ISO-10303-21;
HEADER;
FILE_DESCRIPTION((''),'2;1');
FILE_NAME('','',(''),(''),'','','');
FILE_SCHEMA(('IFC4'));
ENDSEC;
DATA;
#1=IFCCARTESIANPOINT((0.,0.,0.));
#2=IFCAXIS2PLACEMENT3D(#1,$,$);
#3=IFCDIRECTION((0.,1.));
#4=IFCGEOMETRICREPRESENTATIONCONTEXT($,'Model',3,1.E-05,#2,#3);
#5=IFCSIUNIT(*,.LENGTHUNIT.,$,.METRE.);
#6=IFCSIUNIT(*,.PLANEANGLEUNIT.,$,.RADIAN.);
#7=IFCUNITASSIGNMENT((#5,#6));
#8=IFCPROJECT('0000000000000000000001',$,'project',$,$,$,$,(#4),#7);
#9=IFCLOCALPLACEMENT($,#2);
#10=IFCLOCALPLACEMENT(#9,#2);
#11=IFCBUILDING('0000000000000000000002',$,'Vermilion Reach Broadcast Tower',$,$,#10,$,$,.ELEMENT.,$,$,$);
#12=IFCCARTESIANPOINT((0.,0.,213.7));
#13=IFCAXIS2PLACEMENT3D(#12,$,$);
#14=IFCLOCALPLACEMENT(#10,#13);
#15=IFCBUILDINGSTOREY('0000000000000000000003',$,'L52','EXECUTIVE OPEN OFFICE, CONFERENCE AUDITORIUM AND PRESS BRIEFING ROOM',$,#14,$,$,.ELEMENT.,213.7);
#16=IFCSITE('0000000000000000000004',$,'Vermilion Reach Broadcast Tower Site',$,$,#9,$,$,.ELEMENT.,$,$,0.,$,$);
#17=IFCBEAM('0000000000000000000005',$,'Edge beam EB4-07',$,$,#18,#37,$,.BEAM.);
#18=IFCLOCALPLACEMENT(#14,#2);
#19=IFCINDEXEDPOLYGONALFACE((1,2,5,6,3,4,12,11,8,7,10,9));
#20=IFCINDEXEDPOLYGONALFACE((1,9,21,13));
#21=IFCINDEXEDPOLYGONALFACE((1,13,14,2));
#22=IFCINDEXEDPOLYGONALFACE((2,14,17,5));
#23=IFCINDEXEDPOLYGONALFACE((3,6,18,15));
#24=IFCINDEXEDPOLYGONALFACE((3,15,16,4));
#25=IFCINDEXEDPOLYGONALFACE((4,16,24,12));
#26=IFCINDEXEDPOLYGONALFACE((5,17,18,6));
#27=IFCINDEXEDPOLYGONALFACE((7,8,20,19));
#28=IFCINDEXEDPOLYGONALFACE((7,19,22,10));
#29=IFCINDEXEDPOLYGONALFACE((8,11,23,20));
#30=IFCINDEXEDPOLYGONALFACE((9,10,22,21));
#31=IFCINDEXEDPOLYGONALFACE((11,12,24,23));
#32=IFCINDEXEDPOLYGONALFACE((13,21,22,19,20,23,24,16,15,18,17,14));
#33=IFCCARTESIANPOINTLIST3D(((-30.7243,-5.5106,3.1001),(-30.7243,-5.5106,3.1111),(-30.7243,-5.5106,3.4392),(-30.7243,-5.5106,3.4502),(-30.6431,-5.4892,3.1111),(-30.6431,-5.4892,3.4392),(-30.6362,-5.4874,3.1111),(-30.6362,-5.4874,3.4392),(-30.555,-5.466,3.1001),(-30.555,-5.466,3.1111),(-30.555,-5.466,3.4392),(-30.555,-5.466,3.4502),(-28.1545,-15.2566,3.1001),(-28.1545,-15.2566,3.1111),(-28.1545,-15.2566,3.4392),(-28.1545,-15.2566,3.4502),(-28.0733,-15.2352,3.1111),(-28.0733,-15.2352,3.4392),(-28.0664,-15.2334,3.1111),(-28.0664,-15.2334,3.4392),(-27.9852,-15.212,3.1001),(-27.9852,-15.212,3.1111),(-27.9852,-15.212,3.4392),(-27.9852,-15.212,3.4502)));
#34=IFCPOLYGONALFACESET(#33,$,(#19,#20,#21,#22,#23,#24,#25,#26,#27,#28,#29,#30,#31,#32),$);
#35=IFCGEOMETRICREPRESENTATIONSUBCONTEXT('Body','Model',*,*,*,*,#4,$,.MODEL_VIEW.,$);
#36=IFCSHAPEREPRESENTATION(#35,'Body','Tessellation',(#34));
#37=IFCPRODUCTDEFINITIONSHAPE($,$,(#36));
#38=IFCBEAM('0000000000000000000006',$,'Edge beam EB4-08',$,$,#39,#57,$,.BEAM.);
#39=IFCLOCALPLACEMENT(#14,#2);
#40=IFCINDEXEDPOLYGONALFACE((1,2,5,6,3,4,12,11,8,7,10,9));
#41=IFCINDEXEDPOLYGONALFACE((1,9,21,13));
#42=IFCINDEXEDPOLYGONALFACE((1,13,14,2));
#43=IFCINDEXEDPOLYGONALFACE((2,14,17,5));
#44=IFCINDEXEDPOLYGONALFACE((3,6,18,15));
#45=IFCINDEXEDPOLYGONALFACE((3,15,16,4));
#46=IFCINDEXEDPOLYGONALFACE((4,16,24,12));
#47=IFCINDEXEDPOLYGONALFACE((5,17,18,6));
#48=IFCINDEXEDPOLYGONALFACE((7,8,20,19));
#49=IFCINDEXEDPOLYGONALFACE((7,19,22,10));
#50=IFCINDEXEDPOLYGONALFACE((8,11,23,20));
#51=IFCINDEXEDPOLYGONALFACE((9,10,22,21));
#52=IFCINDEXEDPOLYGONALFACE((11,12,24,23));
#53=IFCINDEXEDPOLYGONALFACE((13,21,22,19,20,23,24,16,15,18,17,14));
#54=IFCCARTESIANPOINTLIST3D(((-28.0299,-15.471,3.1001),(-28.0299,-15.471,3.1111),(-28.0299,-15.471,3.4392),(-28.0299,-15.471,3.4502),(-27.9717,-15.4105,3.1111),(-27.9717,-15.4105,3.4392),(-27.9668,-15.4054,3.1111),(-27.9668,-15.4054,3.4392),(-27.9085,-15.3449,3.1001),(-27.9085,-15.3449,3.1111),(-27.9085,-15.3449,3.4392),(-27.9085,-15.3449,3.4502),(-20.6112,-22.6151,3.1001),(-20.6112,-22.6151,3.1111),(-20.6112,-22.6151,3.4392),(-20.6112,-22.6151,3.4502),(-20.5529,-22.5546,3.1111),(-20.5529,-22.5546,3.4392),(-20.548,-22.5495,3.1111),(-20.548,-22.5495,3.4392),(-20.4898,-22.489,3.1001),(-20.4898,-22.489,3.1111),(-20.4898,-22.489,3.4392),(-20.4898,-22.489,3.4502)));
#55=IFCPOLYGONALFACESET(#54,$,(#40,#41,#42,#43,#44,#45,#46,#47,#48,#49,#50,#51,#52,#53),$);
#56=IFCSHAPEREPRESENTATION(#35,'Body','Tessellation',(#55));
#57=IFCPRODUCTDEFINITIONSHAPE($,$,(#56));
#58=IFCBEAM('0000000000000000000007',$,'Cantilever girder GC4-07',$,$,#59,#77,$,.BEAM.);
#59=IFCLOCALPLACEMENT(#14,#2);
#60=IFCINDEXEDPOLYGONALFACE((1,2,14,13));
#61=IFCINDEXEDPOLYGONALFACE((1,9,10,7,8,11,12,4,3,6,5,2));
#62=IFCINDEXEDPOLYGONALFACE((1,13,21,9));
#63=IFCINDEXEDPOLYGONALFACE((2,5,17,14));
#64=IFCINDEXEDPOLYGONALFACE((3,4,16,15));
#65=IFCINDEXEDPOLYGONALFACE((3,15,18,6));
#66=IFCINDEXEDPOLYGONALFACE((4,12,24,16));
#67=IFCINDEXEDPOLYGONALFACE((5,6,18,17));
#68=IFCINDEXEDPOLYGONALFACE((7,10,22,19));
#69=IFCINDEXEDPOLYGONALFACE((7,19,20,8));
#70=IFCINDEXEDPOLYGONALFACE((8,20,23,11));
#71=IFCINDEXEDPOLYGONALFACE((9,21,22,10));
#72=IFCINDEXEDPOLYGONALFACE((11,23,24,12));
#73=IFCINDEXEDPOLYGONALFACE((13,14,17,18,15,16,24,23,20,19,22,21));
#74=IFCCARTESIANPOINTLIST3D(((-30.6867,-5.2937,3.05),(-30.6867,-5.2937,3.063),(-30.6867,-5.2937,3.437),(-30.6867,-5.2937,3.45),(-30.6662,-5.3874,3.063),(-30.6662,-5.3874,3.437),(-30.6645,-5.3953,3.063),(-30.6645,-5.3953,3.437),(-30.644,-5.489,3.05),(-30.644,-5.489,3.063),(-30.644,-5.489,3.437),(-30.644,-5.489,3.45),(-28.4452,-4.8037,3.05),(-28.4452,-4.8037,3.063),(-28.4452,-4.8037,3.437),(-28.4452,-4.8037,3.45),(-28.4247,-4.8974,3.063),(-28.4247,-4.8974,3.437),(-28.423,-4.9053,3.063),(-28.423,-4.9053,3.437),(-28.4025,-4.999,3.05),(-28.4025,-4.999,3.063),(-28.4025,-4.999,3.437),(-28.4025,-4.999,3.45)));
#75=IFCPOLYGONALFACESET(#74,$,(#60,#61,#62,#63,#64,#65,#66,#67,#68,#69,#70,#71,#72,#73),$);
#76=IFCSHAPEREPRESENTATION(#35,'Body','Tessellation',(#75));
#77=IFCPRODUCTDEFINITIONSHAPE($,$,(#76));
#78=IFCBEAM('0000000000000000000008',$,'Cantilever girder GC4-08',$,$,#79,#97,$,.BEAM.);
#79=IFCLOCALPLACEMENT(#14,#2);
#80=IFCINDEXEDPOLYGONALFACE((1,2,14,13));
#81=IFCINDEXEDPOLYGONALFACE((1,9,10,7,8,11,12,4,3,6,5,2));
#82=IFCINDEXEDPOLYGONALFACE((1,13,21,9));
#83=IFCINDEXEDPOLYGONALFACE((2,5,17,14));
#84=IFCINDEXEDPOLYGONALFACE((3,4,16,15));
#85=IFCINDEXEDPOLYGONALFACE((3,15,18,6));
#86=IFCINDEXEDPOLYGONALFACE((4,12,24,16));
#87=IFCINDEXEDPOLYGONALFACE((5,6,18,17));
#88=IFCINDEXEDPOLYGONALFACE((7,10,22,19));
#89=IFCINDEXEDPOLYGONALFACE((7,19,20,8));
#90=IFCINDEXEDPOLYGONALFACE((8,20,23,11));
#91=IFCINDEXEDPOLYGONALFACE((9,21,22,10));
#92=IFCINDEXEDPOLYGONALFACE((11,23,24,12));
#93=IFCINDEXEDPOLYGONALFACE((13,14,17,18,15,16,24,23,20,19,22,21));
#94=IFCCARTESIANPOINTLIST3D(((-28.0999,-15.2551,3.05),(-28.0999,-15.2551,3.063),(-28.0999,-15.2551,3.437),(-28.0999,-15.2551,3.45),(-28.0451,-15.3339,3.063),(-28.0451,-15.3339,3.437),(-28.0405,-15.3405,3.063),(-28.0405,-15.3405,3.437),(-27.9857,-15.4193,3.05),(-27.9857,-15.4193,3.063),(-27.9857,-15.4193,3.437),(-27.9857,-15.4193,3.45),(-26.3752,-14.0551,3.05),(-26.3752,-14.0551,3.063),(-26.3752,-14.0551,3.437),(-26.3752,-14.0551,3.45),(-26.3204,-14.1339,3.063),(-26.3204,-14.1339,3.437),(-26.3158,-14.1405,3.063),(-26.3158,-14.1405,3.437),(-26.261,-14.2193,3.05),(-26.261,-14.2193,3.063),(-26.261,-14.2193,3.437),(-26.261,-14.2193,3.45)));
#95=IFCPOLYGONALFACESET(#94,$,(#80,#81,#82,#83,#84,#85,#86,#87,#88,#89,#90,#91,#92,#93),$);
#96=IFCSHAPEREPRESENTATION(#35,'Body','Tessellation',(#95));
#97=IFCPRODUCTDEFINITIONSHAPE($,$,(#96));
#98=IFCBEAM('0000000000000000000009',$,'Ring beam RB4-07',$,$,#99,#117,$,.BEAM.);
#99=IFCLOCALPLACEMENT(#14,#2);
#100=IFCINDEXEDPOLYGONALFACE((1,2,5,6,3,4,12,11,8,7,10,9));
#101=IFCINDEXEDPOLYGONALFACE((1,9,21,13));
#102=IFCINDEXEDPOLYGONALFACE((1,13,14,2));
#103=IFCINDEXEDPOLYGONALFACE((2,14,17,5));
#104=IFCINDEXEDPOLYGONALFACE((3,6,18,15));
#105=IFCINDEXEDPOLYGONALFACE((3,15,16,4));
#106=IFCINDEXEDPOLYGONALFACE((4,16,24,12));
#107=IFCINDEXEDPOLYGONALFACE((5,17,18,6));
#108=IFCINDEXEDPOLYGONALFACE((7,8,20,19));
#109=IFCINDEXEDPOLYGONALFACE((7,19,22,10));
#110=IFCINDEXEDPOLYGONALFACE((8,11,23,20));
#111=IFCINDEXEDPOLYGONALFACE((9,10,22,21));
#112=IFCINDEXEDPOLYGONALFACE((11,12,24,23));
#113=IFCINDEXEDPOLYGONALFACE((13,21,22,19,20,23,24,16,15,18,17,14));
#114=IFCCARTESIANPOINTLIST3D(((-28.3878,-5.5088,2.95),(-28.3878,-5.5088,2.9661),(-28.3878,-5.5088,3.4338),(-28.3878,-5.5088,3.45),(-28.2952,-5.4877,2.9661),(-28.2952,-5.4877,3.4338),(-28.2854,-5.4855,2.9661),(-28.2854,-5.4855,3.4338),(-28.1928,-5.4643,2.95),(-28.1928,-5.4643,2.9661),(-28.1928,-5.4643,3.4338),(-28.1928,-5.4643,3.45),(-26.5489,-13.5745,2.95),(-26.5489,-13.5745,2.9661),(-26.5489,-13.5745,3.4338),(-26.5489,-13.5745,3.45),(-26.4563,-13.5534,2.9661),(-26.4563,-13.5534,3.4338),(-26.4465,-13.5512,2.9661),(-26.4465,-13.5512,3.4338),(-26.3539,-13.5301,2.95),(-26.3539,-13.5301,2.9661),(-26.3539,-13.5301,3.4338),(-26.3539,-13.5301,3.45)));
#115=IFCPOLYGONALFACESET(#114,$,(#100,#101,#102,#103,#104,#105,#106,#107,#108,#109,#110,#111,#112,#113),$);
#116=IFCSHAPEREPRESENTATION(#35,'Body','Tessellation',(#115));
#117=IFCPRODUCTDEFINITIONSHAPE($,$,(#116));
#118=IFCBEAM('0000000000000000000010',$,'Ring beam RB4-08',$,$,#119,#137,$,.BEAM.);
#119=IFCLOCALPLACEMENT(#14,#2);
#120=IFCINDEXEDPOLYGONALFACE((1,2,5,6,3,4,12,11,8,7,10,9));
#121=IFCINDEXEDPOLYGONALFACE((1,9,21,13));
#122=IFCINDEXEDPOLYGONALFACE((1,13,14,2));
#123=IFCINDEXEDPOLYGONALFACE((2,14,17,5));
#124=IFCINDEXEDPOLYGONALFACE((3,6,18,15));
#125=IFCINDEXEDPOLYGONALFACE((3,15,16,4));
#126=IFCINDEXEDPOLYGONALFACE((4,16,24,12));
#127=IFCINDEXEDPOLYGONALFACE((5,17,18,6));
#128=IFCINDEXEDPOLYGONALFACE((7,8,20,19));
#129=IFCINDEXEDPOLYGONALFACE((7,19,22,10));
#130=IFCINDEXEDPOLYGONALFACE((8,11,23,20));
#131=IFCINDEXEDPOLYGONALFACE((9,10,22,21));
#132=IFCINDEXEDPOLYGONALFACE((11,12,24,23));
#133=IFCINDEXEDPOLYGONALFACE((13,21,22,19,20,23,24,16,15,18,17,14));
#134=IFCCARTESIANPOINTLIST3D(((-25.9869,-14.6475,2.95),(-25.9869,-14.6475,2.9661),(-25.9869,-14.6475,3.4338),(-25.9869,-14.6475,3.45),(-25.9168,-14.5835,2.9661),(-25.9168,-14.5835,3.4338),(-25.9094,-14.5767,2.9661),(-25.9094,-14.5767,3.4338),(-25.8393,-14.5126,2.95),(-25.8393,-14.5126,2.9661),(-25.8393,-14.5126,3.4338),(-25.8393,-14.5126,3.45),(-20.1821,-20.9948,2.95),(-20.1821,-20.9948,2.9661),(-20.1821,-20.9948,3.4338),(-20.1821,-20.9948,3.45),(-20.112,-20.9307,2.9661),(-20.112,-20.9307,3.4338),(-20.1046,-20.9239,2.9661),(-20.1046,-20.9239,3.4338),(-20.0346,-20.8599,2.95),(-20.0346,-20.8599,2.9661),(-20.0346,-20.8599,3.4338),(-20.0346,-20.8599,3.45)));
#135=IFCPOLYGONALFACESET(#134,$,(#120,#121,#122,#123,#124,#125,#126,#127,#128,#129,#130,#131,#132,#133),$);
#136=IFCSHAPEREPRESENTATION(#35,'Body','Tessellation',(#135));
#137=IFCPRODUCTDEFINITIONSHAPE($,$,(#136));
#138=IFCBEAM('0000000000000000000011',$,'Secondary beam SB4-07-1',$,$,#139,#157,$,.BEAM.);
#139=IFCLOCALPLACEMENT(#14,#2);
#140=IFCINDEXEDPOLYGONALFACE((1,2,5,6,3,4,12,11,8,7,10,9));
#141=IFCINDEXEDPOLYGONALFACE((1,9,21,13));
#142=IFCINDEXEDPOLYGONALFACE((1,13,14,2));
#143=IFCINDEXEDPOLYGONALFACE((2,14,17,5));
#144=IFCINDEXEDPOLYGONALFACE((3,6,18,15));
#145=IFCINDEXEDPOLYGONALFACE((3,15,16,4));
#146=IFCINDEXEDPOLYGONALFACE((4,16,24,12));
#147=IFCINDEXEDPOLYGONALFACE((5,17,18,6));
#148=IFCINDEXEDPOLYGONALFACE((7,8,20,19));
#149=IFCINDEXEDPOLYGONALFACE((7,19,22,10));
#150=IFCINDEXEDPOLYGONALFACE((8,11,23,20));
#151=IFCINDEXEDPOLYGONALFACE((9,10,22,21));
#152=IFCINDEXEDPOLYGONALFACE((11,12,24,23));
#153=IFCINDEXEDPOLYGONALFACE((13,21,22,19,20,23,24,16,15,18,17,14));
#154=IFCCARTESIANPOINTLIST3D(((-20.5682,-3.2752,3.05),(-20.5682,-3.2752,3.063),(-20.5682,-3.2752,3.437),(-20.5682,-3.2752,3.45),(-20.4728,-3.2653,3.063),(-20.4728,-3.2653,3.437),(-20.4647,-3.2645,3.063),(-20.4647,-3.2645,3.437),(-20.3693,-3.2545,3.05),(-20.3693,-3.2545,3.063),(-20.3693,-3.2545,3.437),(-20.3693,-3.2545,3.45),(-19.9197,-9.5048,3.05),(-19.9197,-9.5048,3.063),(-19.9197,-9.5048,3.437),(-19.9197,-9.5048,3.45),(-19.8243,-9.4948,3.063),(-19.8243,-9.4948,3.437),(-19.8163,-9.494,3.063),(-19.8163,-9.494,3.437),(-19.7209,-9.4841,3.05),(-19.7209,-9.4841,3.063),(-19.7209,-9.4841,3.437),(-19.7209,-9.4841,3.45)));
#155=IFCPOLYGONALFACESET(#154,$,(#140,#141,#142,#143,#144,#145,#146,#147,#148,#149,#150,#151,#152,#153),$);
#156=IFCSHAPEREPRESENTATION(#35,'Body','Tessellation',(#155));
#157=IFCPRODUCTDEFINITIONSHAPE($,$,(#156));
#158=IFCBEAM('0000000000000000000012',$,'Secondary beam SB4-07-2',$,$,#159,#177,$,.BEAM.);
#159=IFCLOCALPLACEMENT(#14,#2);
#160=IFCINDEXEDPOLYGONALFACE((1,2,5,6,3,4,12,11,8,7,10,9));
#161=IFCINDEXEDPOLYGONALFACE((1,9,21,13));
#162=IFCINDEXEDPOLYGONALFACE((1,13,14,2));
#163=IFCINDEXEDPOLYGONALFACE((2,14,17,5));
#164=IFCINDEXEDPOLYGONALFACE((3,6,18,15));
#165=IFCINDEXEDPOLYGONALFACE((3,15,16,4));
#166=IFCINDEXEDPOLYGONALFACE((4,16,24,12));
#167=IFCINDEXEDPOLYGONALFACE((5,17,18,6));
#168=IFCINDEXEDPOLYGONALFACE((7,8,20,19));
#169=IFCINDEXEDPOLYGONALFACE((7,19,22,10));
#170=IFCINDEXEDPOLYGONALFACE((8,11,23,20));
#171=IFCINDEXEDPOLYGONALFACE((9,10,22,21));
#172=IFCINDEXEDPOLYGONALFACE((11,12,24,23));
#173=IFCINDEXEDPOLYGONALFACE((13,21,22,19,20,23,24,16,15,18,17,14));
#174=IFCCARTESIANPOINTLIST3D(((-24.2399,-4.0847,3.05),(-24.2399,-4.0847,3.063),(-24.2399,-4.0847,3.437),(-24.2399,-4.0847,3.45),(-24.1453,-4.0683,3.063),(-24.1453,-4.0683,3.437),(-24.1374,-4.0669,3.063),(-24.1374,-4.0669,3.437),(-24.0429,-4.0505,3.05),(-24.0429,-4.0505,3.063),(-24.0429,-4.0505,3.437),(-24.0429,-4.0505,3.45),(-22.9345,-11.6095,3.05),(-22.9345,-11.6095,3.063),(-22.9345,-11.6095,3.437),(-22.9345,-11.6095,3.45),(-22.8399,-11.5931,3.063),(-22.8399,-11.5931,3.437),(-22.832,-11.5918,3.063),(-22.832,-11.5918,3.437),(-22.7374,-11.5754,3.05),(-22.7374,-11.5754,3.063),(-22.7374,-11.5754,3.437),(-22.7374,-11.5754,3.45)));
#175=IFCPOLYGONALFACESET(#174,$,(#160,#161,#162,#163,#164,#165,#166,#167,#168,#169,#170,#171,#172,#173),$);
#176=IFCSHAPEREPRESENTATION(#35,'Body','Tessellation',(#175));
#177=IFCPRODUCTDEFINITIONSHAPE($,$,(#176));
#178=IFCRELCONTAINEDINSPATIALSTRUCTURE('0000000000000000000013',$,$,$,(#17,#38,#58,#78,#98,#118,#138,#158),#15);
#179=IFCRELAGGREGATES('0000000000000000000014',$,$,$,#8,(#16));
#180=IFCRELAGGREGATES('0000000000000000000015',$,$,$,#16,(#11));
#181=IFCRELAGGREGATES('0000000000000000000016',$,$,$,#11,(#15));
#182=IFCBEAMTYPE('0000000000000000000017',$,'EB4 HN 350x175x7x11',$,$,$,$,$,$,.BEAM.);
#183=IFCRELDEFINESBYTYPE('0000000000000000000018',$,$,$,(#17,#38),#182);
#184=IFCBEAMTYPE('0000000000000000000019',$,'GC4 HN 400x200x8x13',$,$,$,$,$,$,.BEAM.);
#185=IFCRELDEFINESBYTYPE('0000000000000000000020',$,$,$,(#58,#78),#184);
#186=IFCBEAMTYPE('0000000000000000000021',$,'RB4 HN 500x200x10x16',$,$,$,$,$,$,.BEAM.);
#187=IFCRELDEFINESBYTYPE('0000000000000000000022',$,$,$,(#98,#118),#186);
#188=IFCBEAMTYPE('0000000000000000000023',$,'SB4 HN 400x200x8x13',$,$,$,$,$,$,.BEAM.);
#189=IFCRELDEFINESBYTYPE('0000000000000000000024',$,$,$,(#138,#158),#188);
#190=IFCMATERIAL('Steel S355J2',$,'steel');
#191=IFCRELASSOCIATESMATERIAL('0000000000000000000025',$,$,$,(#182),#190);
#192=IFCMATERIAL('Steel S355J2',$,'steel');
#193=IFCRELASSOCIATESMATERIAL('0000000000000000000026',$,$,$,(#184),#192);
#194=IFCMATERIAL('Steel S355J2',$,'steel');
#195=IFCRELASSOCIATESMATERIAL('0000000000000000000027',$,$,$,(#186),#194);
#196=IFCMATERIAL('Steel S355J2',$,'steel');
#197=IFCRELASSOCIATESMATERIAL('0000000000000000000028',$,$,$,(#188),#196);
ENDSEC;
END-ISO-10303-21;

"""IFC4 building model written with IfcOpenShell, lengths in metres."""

from ifc_helpers import new_model, si_unit, direction, frame, origin, origin_2d, place, context, subcontext, project, spatial, i_section, extrude, material, material_profile, profile_set, type_object, element, save


model = new_model("IFC4")

# Units and contexts
model_context = context("Model", 3, precision=1e-05, world=origin(), true_north=direction((0.0, 1.0)))
body_context = subcontext(model_context, "Body", "Model", "MODEL_VIEW")
ifc_project = project(units=[si_unit("LENGTHUNIT", "METRE"), si_unit("PLANEANGLEUNIT", "RADIAN")], contexts=[model_context])

# Site, building, storey
site_placement = place(None, origin())
site = spatial("IfcSite", under=ifc_project, at=site_placement, Name="Vermilion Reach Broadcast Tower Site", CompositionType="ELEMENT", RefElevation=0.0)
building_placement = place(site_placement, origin())
building = spatial("IfcBuilding", under=site, at=building_placement, Name="Vermilion Reach Broadcast Tower", CompositionType="ELEMENT")
storey_placement = place(building_placement, frame((0.0, 0.0, 213.7)))
storey = spatial("IfcBuildingStorey", under=building, at=storey_placement, Name="L52", Description="EXECUTIVE OPEN OFFICE, CONFERENCE AUDITORIUM AND PRESS BRIEFING ROOM", CompositionType="ELEMENT", Elevation=213.7)

# Beams
ifc_material_1 = material(Name="Steel S355J2", Category="steel")
ifc_material_profile_1 = material_profile(ifc_material_1, i_section(OverallWidth=0.175, OverallDepth=0.3501, WebThickness=0.0071, FlangeThickness=0.011, at=origin_2d()), Name="S355J2 HN 350x175x7x11")
ifc_profile_set_1 = profile_set([ifc_material_profile_1], Name="Steel S355J2")
beam_type_1 = type_object("IfcBeamType", Name="EB4 HN 350x175x7x11", PredefinedType="BEAM", material=ifc_profile_set_1)
beam_1_placement = place(storey_placement, frame((-30.6396, -5.4883, 3.2751), z_axis=(0.254963, -0.966951, 0.0), x_axis=(0.966951, 0.254963, 0.0)))
element("IfcBeam", 1, at=beam_1_placement, inside=storey, type_object=beam_type_1, Name="Edge beam EB4-07", PredefinedType="BEAM", context=body_context, shape_type="SweptSolid", body=[
    extrude(i_section(OverallWidth=0.175, OverallDepth=0.3501, WebThickness=0.0071, FlangeThickness=0.011, at=origin_2d()), origin(), (0.0, 0.0, 1.0), 10.0791),
])
beam_2_placement = place(storey_placement, frame((-27.9692, -15.408, 3.2751), z_axis=(0.720315, -0.693647, 0.0), x_axis=(0.693647, 0.720315, 0.0)))
element("IfcBeam", 2, at=beam_2_placement, inside=storey, type_object=beam_type_1, Name="Edge beam EB4-08", PredefinedType="BEAM", context=body_context, shape_type="SweptSolid", body=[
    extrude(i_section(OverallWidth=0.175, OverallDepth=0.3501, WebThickness=0.0071, FlangeThickness=0.011, at=origin_2d()), origin(), (0.0, 0.0, 1.0), 10.2993),
])
ifc_material_2 = material(Name="Steel S355J2", Category="steel")
ifc_material_profile_2 = material_profile(ifc_material_2, i_section(OverallWidth=0.2, OverallDepth=0.3999, WebThickness=0.0081, FlangeThickness=0.0129, at=origin_2d()), Name="S355J2 HN 400x200x8x13")
ifc_profile_set_2 = profile_set([ifc_material_profile_2], Name="Steel S355J2")
beam_type_2 = type_object("IfcBeamType", Name="GC4 HN 400x200x8x13", PredefinedType="BEAM", material=ifc_profile_set_2)
beam_3_placement = place(storey_placement, frame((-28.4238, -4.9014, 3.25), z_axis=(-0.97693, -0.21356, 0.0), x_axis=(0.21356, -0.97693, 0.0)))
element("IfcBeam", 3, at=beam_3_placement, inside=storey, type_object=beam_type_2, Name="Cantilever girder GC4-07", PredefinedType="BEAM", context=body_context, shape_type="SweptSolid", body=[
    extrude(i_section(OverallWidth=0.2, OverallDepth=0.3999, WebThickness=0.0081, FlangeThickness=0.0129, at=origin_2d()), origin(), (0.0, 0.0, 1.0), 2.2944),
])
beam_4_placement = place(storey_placement, frame((-26.3181, -14.1372, 3.25), z_axis=(-0.820855, -0.571136, 0.0), x_axis=(0.571136, -0.820855, 0.0)))
element("IfcBeam", 4, at=beam_4_placement, inside=storey, type_object=beam_type_2, Name="Cantilever girder GC4-08", PredefinedType="BEAM", context=body_context, shape_type="SweptSolid", body=[
    extrude(i_section(OverallWidth=0.2, OverallDepth=0.3999, WebThickness=0.0081, FlangeThickness=0.0129, at=origin_2d()), origin(), (0.0, 0.0, 1.0), 2.1011),
])
ifc_material_3 = material(Name="Steel S355J2", Category="steel")
ifc_material_profile_3 = material_profile(ifc_material_3, i_section(OverallWidth=0.2, OverallDepth=0.5, WebThickness=0.01, FlangeThickness=0.0161, at=origin_2d()), Name="S355J2 HN 500x200x10x16")
ifc_profile_set_3 = profile_set([ifc_material_profile_3], Name="Steel S355J2")
beam_type_3 = type_object("IfcBeamType", Name="RB4 HN 500x200x10x16", PredefinedType="BEAM", material=ifc_profile_set_3)
beam_5_placement = place(storey_placement, frame((-28.2903, -5.4866, 3.2), z_axis=(0.222283, -0.974982, 0.0), x_axis=(0.974982, 0.222283, 0.0)))
element("IfcBeam", 5, at=beam_5_placement, inside=storey, type_object=beam_type_3, Name="Ring beam RB4-07", PredefinedType="BEAM", context=body_context, shape_type="SweptSolid", body=[
    extrude(i_section(OverallWidth=0.2, OverallDepth=0.5, WebThickness=0.01, FlangeThickness=0.0161, at=origin_2d()), origin(), (0.0, 0.0, 1.0), 8.2727),
])
beam_6_placement = place(storey_placement, frame((-25.9131, -14.5801, 3.2), z_axis=(0.674868, -0.737938, 0.0), x_axis=(0.737938, 0.674868, 0.0)))
element("IfcBeam", 6, at=beam_6_placement, inside=storey, type_object=beam_type_3, Name="Ring beam RB4-08", PredefinedType="BEAM", context=body_context, shape_type="SweptSolid", body=[
    extrude(i_section(OverallWidth=0.2, OverallDepth=0.5, WebThickness=0.01, FlangeThickness=0.0161, at=origin_2d()), origin(), (0.0, 0.0, 1.0), 8.6013),
])
ifc_material_4 = material(Name="Steel S355J2", Category="steel")
ifc_material_profile_4 = material_profile(ifc_material_4, i_section(OverallWidth=0.2, OverallDepth=0.3999, WebThickness=0.0081, FlangeThickness=0.0129, at=origin_2d()), Name="S355J2 HN 400x200x8x13")
ifc_profile_set_4 = profile_set([ifc_material_profile_4], Name="Steel S355J2")
beam_type_4 = type_object("IfcBeamType", Name="SB4 HN 400x200x8x13", PredefinedType="BEAM", material=ifc_profile_set_4)
beam_7_placement = place(storey_placement, frame((-20.4688, -3.2649, 3.25), z_axis=(0.103532, -0.994626, 0.0), x_axis=(0.994626, 0.103532, 0.0)))
element("IfcBeam", 7, at=beam_7_placement, inside=storey, type_object=beam_type_4, Name="Secondary beam SB4-07-1", PredefinedType="BEAM", context=body_context, shape_type="SweptSolid", body=[
    extrude(i_section(OverallWidth=0.2, OverallDepth=0.3999, WebThickness=0.0081, FlangeThickness=0.0129, at=origin_2d()), origin(), (0.0, 0.0, 1.0), 6.2632),
])
beam_8_placement = place(storey_placement, frame((-24.1414, -4.0676, 3.25), z_axis=(0.170927, -0.985284, 0.0), x_axis=(0.985284, 0.170927, 0.0)))
element("IfcBeam", 8, at=beam_8_placement, inside=storey, type_object=beam_type_4, Name="Secondary beam SB4-07-2", PredefinedType="BEAM", context=body_context, shape_type="SweptSolid", body=[
    extrude(i_section(OverallWidth=0.2, OverallDepth=0.3999, WebThickness=0.0081, FlangeThickness=0.0129, at=origin_2d()), origin(), (0.0, 0.0, 1.0), 7.6372),
])

save(model, "model.ifc")
